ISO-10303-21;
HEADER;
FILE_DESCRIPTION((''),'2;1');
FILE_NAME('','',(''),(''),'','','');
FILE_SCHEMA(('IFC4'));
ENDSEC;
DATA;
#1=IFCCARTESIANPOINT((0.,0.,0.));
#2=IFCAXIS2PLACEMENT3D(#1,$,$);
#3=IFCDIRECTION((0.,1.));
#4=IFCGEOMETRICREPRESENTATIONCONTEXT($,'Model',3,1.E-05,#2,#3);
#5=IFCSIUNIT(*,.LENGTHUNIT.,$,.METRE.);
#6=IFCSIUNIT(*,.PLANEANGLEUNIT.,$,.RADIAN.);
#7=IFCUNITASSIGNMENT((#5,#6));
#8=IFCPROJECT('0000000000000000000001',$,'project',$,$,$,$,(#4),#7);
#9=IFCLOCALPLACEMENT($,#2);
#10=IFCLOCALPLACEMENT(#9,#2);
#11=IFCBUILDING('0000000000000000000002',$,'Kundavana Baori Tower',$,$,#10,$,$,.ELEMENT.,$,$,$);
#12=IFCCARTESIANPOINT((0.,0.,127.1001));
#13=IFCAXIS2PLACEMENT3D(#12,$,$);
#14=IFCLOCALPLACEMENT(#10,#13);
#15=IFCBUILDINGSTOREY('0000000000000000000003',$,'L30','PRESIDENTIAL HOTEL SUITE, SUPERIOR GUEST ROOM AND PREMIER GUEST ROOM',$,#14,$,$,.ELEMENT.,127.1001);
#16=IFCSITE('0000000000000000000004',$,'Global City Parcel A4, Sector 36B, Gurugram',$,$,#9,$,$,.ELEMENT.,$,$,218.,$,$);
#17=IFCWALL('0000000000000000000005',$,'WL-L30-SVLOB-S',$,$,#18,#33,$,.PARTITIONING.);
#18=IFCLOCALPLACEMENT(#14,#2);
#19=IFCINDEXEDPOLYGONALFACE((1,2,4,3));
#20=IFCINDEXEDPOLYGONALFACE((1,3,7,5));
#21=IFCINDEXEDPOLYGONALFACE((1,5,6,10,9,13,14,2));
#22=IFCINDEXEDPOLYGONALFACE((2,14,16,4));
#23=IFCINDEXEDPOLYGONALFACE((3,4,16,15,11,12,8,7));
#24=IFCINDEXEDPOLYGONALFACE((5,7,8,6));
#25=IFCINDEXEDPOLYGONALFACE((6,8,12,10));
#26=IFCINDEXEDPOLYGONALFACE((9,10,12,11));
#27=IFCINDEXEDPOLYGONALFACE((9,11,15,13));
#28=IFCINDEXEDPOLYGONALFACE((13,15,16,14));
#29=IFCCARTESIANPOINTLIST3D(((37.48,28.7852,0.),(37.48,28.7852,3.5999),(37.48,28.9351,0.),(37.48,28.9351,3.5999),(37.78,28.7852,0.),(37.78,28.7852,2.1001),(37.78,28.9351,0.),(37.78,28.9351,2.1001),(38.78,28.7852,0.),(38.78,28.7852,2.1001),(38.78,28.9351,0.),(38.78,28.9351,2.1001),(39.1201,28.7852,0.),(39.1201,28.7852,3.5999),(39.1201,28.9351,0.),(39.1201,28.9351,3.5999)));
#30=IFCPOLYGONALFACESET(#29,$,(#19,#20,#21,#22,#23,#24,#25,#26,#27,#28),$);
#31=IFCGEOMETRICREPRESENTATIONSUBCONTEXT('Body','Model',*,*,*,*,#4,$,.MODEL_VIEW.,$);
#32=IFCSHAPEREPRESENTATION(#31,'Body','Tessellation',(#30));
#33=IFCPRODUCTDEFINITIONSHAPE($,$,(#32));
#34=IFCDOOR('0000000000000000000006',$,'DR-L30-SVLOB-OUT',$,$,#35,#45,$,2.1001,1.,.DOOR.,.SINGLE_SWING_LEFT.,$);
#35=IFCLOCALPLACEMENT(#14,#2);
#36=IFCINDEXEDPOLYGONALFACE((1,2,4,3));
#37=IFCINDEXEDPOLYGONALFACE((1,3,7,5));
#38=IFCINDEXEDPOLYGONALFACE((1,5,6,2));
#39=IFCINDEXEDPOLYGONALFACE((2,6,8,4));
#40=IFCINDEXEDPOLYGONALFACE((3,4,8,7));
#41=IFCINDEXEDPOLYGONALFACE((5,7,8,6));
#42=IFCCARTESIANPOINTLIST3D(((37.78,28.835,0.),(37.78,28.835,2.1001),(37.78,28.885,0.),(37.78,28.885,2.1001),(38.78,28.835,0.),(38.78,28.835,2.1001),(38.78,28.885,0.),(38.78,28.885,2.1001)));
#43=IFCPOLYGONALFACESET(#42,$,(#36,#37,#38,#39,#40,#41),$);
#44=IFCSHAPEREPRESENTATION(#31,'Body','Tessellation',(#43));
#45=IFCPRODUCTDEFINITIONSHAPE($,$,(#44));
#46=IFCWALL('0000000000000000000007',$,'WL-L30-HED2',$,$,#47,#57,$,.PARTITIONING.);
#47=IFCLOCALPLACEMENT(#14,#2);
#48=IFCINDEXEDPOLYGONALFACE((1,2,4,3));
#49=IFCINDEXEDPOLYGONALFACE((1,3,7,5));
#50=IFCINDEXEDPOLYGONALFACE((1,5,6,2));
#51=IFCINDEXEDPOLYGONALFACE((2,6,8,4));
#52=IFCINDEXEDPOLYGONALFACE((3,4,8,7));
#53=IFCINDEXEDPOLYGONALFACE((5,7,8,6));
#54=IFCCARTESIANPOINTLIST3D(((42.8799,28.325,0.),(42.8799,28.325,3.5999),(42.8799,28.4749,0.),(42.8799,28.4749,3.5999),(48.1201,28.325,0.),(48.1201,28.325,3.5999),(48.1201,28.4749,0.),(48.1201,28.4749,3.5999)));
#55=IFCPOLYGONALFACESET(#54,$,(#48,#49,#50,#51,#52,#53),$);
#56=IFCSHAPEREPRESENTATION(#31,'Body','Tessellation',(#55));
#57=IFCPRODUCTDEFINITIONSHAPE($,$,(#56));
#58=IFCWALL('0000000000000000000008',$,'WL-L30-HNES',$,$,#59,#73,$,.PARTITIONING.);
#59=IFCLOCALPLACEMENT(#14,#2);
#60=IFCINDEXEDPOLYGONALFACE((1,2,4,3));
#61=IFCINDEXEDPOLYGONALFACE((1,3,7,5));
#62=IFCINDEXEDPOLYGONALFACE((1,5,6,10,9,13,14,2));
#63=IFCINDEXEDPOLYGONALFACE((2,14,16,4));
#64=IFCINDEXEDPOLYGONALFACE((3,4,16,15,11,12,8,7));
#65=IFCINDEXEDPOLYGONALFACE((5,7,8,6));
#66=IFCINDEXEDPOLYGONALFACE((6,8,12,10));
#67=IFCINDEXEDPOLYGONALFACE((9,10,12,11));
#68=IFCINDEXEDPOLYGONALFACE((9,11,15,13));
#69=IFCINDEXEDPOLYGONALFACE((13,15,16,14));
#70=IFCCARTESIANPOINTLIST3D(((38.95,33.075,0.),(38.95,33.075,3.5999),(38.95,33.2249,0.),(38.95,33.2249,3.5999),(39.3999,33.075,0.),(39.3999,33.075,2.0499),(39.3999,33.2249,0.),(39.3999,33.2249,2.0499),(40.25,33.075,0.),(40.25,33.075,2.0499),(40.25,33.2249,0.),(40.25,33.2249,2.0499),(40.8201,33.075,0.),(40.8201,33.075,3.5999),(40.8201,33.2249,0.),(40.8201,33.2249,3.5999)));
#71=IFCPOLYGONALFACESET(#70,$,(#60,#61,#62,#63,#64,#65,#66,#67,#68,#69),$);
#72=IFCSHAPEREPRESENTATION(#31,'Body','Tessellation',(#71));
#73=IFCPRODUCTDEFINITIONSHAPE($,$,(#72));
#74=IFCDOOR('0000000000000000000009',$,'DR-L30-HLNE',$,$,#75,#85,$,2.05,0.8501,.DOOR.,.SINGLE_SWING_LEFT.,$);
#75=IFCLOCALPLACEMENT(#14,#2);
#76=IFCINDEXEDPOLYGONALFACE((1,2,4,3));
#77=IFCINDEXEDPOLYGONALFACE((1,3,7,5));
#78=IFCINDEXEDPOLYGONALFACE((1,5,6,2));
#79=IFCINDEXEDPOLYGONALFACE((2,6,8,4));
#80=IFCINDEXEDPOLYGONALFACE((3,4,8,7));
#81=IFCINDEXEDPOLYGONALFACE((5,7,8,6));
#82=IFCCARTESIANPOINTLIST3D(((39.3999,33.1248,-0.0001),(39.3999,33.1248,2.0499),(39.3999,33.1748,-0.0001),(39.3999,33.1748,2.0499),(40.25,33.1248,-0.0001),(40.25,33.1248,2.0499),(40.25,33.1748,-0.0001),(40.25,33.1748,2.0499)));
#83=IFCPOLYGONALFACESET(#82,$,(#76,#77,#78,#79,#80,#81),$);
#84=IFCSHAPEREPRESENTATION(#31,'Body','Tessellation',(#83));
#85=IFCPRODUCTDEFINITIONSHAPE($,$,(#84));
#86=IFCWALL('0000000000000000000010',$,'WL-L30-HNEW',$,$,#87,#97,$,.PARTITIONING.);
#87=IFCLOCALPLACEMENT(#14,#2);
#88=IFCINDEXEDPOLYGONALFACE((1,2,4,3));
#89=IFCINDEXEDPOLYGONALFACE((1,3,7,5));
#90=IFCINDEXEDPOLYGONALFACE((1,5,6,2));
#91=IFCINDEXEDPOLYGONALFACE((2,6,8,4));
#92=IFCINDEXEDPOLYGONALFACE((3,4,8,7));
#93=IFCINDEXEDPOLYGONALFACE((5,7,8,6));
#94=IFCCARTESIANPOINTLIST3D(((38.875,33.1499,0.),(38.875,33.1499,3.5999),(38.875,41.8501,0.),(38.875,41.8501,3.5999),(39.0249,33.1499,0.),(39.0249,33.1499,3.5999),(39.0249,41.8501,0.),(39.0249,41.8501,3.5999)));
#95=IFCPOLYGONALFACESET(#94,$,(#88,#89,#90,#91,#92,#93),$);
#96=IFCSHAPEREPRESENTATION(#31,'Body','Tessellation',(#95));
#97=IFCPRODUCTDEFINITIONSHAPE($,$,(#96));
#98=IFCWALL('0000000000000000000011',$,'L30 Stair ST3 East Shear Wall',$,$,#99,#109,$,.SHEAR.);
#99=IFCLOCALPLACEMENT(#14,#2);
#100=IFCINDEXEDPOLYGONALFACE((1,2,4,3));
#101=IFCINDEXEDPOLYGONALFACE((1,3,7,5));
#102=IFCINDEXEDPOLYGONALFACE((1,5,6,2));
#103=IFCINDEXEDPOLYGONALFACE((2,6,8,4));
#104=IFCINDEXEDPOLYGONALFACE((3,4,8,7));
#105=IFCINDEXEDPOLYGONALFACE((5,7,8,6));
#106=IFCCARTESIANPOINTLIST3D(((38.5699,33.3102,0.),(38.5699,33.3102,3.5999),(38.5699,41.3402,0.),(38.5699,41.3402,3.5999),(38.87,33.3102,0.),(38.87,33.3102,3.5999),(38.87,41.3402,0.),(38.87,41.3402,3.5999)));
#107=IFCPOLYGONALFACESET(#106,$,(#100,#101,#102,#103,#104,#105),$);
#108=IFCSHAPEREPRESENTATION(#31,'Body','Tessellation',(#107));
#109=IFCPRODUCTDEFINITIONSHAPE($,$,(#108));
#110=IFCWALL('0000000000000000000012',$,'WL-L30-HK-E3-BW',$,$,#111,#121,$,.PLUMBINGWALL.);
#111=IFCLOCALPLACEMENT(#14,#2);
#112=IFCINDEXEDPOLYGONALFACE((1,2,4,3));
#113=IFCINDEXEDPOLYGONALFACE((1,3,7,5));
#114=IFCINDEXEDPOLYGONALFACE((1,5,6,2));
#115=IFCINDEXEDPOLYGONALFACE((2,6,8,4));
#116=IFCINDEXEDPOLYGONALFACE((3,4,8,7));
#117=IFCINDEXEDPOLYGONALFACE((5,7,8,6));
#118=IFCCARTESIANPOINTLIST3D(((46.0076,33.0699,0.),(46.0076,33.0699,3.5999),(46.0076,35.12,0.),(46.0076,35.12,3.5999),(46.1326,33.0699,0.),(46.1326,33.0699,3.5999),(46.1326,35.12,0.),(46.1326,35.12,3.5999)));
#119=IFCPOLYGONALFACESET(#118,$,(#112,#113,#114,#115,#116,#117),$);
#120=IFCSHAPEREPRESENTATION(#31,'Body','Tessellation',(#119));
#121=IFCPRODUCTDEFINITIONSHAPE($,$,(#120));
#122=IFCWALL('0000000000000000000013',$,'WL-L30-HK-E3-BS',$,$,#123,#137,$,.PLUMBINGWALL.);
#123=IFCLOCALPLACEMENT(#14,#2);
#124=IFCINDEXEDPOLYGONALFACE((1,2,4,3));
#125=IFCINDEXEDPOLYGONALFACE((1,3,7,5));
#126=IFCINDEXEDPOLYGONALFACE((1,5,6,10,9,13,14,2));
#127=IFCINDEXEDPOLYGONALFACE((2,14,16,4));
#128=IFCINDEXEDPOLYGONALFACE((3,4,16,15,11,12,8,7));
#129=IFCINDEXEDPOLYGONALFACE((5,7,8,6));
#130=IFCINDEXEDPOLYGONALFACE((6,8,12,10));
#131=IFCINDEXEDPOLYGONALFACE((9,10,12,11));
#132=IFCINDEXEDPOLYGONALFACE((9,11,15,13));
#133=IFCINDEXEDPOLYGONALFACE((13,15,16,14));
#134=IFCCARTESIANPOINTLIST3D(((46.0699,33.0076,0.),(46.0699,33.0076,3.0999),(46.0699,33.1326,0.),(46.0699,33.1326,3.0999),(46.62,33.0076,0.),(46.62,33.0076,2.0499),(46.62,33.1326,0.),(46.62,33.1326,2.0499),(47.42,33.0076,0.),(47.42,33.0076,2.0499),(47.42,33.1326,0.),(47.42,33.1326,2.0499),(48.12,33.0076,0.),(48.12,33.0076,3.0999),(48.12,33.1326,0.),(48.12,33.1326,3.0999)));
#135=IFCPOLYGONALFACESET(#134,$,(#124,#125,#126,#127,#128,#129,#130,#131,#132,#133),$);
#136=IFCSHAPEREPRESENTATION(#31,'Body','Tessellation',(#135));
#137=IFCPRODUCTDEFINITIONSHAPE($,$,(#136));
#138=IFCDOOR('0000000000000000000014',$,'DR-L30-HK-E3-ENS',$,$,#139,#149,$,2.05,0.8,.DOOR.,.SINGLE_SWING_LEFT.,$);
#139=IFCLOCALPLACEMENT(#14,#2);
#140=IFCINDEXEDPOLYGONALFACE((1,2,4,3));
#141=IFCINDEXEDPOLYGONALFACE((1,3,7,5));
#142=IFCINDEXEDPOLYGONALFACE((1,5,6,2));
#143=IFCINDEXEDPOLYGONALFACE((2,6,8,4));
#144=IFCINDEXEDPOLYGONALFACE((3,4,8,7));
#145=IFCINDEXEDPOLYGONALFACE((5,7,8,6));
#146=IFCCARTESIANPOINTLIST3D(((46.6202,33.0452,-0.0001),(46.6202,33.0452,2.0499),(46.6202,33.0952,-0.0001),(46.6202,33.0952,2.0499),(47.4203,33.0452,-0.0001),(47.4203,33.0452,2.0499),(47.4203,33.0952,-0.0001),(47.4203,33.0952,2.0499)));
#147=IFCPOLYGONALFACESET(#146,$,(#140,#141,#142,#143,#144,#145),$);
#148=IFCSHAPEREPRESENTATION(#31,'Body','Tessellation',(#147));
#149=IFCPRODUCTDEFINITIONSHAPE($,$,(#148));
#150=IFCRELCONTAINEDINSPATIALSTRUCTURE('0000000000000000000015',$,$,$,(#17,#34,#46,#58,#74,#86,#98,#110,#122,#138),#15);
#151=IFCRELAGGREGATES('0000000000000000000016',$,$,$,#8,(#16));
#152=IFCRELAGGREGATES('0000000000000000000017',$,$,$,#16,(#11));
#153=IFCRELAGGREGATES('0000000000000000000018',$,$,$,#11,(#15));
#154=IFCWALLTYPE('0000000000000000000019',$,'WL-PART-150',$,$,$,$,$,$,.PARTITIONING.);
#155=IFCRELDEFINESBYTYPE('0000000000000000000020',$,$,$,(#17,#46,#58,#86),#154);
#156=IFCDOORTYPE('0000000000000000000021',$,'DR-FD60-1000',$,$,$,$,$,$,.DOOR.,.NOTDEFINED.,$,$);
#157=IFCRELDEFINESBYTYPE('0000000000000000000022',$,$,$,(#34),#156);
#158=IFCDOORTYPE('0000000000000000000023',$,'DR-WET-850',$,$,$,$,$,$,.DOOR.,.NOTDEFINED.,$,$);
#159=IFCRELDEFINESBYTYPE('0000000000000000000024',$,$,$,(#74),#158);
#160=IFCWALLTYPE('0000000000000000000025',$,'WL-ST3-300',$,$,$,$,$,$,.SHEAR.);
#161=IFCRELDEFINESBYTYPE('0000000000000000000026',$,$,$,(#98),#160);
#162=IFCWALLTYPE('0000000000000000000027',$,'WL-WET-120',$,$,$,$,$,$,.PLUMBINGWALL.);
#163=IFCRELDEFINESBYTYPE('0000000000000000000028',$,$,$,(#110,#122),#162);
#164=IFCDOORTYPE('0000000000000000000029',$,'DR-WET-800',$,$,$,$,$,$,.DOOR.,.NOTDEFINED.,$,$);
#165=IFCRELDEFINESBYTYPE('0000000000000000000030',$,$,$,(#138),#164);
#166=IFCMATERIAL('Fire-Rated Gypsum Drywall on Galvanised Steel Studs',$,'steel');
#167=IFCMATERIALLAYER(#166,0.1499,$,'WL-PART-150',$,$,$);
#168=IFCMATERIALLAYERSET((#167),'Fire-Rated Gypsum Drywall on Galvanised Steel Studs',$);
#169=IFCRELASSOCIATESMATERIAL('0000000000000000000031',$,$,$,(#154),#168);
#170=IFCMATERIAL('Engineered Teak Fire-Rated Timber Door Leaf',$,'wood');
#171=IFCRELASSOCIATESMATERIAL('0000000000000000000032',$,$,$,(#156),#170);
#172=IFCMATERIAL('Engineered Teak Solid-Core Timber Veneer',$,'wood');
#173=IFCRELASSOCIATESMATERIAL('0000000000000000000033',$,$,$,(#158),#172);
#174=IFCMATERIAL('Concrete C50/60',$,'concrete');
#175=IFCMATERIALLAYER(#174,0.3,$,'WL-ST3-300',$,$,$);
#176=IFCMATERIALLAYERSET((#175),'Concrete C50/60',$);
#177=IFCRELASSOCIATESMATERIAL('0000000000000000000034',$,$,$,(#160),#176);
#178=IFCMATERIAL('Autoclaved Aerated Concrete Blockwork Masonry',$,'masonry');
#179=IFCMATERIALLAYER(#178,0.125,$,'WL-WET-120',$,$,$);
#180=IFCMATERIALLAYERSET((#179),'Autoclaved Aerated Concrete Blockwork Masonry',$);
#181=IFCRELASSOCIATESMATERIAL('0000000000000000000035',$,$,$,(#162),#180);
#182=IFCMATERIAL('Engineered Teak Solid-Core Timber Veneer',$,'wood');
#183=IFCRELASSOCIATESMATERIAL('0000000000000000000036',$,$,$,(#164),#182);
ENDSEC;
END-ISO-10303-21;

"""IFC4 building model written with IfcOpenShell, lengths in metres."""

from ifc_helpers import new_model, si_unit, direction, frame, frame_2d, origin, place, context, subcontext, project, spatial, rectangle, extrude, material, layer, layer_set, type_object, element, fill, save


model = new_model("IFC4")

# Units and contexts
model_context = context("Model", 3, precision=1e-05, world=origin(), true_north=direction((0.0, 1.0)))
body_context = subcontext(model_context, "Body", "Model", "MODEL_VIEW")
ifc_project = project(units=[si_unit("LENGTHUNIT", "METRE"), si_unit("PLANEANGLEUNIT", "RADIAN")], contexts=[model_context])

# Site, building, storey
site_placement = place(None, origin())
site = spatial("IfcSite", under=ifc_project, at=site_placement, Name="Global City Parcel A4, Sector 36B, Gurugram", CompositionType="ELEMENT", RefElevation=218.0)
building_placement = place(site_placement, origin())
building = spatial("IfcBuilding", under=site, at=building_placement, Name="Kundavana Baori Tower", CompositionType="ELEMENT")
storey_placement = place(building_placement, frame((0.0, 0.0, 127.1001)))
storey = spatial("IfcBuildingStorey", under=building, at=storey_placement, Name="L30", Description="PRESIDENTIAL HOTEL SUITE, SUPERIOR GUEST ROOM AND PREMIER GUEST ROOM", CompositionType="ELEMENT", Elevation=127.1001)

# Shared definitions
ifc_material_1 = material(Name="Fire-Rated Gypsum Drywall on Galvanised Steel Studs", Category="steel")
ifc_layer_1 = layer(ifc_material_1, 0.1499, Name="WL-PART-150")
ifc_layer_set_1 = layer_set([ifc_layer_1], Name="Fire-Rated Gypsum Drywall on Galvanised Steel Studs")
wall_type_1 = type_object("IfcWallType", Name="WL-PART-150", PredefinedType="PARTITIONING", material=ifc_layer_set_1)

# Wall, opening, door
wall_1_placement = place(storey_placement, frame((37.48, 28.8601, 0.0), z_axis=(0.0, 0.0, 1.0), x_axis=(1.0, 0.0, 0.0)))
wall_1 = element("IfcWall", 1, at=wall_1_placement, inside=storey, type_object=wall_type_1, Name="WL-L30-SVLOB-S", PredefinedType="PARTITIONING", context=body_context, shape_type="SweptSolid", body=[
    extrude(rectangle(XDim=1.6401, YDim=0.1499, at=frame_2d((0.8201, 0.0))), origin(), (0.0, 0.0, 1.0), 3.5999),
])
opening_1_placement = place(wall_1_placement, frame((0.3, 0.0, 0.0)))
opening_1 = element("IfcOpeningElement", 2, at=opening_1_placement, cuts=wall_1, PredefinedType="OPENING", context=body_context, shape_type="SweptSolid", body=[
    extrude(rectangle(XDim=1.0, YDim=2.1001, at=frame_2d((0.5, 1.05))), frame((0.0, 0.085, 0.0), z_axis=(0.0, -1.0, 0.0), x_axis=(1.0, 0.0, 0.0)), (0.0, 0.0, 1.0), 0.1699),
])
ifc_material_2 = material(Name="Engineered Teak Fire-Rated Timber Door Leaf", Category="wood")
door_type_1 = type_object("IfcDoorType", Name="DR-FD60-1000", OperationType="NOTDEFINED", PredefinedType="DOOR", material=ifc_material_2)
door_1_placement = place(opening_1_placement, origin())
door_1 = element("IfcDoor", 3, at=door_1_placement, inside=storey, type_object=door_type_1, Name="DR-L30-SVLOB-OUT", OperationType="SINGLE_SWING_LEFT", OverallHeight=2.1001, OverallWidth=1.0, PredefinedType="DOOR", context=body_context, shape_type="SweptSolid", body=[
    extrude(rectangle(XDim=1.0, YDim=2.1001, at=frame_2d((0.5, 1.05))), frame((0.0, 0.0249, 0.0), z_axis=(0.0, -1.0, 0.0), x_axis=(1.0, 0.0, 0.0)), (0.0, 0.0, 1.0), 0.05),
])
fill(opening_1, door_1)

# Wall
wall_2_placement = place(storey_placement, frame((42.8799, 28.3999, 0.0), z_axis=(0.0, 0.0, 1.0), x_axis=(1.0, 0.0, 0.0)))
element("IfcWall", 4, at=wall_2_placement, inside=storey, type_object=wall_type_1, Name="WL-L30-HED2", PredefinedType="PARTITIONING", context=body_context, shape_type="SweptSolid", body=[
    extrude(rectangle(XDim=5.2402, YDim=0.1499, at=frame_2d((2.6201, 0.0))), origin(), (0.0, 0.0, 1.0), 3.5999),
])

# Wall, opening, door
wall_3_placement = place(storey_placement, frame((38.95, 33.1499, 0.0), z_axis=(0.0, 0.0, 1.0), x_axis=(1.0, 0.0, 0.0)))
wall_3 = element("IfcWall", 5, at=wall_3_placement, inside=storey, type_object=wall_type_1, Name="WL-L30-HNES", PredefinedType="PARTITIONING", context=body_context, shape_type="SweptSolid", body=[
    extrude(rectangle(XDim=1.8701, YDim=0.1499, at=frame_2d((0.9351, 0.0))), origin(), (0.0, 0.0, 1.0), 3.5999),
])
opening_2_placement = place(wall_3_placement, frame((0.45, 0.0, 0.0)))
opening_2 = element("IfcOpeningElement", 6, at=opening_2_placement, cuts=wall_3, PredefinedType="OPENING", context=body_context, shape_type="SweptSolid", body=[
    extrude(rectangle(XDim=0.8501, YDim=2.05, at=frame_2d((0.425, 1.0249))), frame((0.0, 0.085, 0.0), z_axis=(0.0, -1.0, 0.0), x_axis=(1.0, 0.0, 0.0)), (0.0, 0.0, 1.0), 0.1699),
])
ifc_material_3 = material(Name="Engineered Teak Solid-Core Timber Veneer", Category="wood")
door_type_2 = type_object("IfcDoorType", Name="DR-WET-850", OperationType="NOTDEFINED", PredefinedType="DOOR", material=ifc_material_3)
door_2_placement = place(opening_2_placement, origin())
door_2 = element("IfcDoor", 7, at=door_2_placement, inside=storey, type_object=door_type_2, Name="DR-L30-HLNE", OperationType="SINGLE_SWING_LEFT", OverallHeight=2.05, OverallWidth=0.8501, PredefinedType="DOOR", context=body_context, shape_type="SweptSolid", body=[
    extrude(rectangle(XDim=0.8501, YDim=2.05, at=frame_2d((0.425, 1.0249))), frame((0.0, 0.0249, 0.0), z_axis=(0.0, -1.0, 0.0), x_axis=(1.0, 0.0, 0.0)), (0.0, 0.0, 1.0), 0.05),
])
fill(opening_2, door_2)

# Wall
wall_4_placement = place(storey_placement, frame((38.95, 33.1499, 0.0), z_axis=(0.0, 0.0, 1.0), x_axis=(0.0, 1.0, 0.0)))
element("IfcWall", 8, at=wall_4_placement, inside=storey, type_object=wall_type_1, Name="WL-L30-HNEW", PredefinedType="PARTITIONING", context=body_context, shape_type="SweptSolid", body=[
    extrude(rectangle(XDim=8.7002, YDim=0.1499, at=frame_2d((4.3501, 0.0))), origin(), (0.0, 0.0, 1.0), 3.5999),
])

# Walls
ifc_material_4 = material(Name="Concrete C50/60", Category="concrete")
ifc_layer_2 = layer(ifc_material_4, 0.3, Name="WL-ST3-300")
ifc_layer_set_2 = layer_set([ifc_layer_2], Name="Concrete C50/60")
wall_type_2 = type_object("IfcWallType", Name="WL-ST3-300", PredefinedType="SHEAR", material=ifc_layer_set_2)
wall_5_placement = place(storey_placement, frame((38.72, 33.3101, 0.0), z_axis=(0.0, 0.0, 1.0), x_axis=(0.0, 1.0, 0.0)))
element("IfcWall", 9, at=wall_5_placement, inside=storey, type_object=wall_type_2, Name="L30 Stair ST3 East Shear Wall", PredefinedType="SHEAR", context=body_context, shape_type="SweptSolid", body=[
    extrude(rectangle(XDim=8.03, YDim=0.3, at=frame_2d((4.0151, 0.0))), origin(), (0.0, 0.0, 1.0), 3.5999),
])
ifc_material_5 = material(Name="Autoclaved Aerated Concrete Blockwork Masonry", Category="masonry")
ifc_layer_3 = layer(ifc_material_5, 0.125, Name="WL-WET-120")
ifc_layer_set_3 = layer_set([ifc_layer_3], Name="Autoclaved Aerated Concrete Blockwork Masonry")
wall_type_3 = type_object("IfcWallType", Name="WL-WET-120", PredefinedType="PLUMBINGWALL", material=ifc_layer_set_3)
wall_6_placement = place(storey_placement, frame((46.0701, 33.0701, 0.0), z_axis=(0.0, 0.0, 1.0), x_axis=(0.0, 1.0, 0.0)))
element("IfcWall", 10, at=wall_6_placement, inside=storey, type_object=wall_type_3, Name="WL-L30-HK-E3-BW", PredefinedType="PLUMBINGWALL", context=body_context, shape_type="SweptSolid", body=[
    extrude(rectangle(XDim=2.05, YDim=0.125, at=frame_2d((1.0249, 0.0))), origin(), (0.0, 0.0, 1.0), 3.5999),
])

# Wall, opening, door
wall_7_placement = place(storey_placement, frame((46.0701, 33.0701, 0.0), z_axis=(0.0, 0.0, 1.0), x_axis=(1.0, 0.0, 0.0)))
wall_7 = element("IfcWall", 11, at=wall_7_placement, inside=storey, type_object=wall_type_3, Name="WL-L30-HK-E3-BS", PredefinedType="PLUMBINGWALL", context=body_context, shape_type="SweptSolid", body=[
    extrude(rectangle(XDim=2.05, YDim=0.125, at=frame_2d((1.0249, 0.0))), origin(), (0.0, 0.0, 1.0), 3.0999),
])
opening_3_placement = place(wall_7_placement, frame((0.55, 0.0, 0.0)))
opening_3 = element("IfcOpeningElement", 12, at=opening_3_placement, cuts=wall_7, PredefinedType="OPENING", context=body_context, shape_type="SweptSolid", body=[
    extrude(rectangle(XDim=0.8, YDim=2.05, at=frame_2d((0.3999, 1.0249))), frame((0.0, 0.0725, 0.0), z_axis=(0.0, -1.0, 0.0), x_axis=(1.0, 0.0, 0.0)), (0.0, 0.0, 1.0), 0.145),
])
ifc_material_6 = material(Name="Engineered Teak Solid-Core Timber Veneer", Category="wood")
door_type_3 = type_object("IfcDoorType", Name="DR-WET-800", OperationType="NOTDEFINED", PredefinedType="DOOR", material=ifc_material_6)
door_3_placement = place(opening_3_placement, frame((0.8, 0.0, 0.0), z_axis=(0.0, 0.0, 1.0), x_axis=(-1.0, 0.0, 0.0)))
door_3 = element("IfcDoor", 13, at=door_3_placement, inside=storey, type_object=door_type_3, Name="DR-L30-HK-E3-ENS", OperationType="SINGLE_SWING_LEFT", OverallHeight=2.05, OverallWidth=0.8, PredefinedType="DOOR", context=body_context, shape_type="SweptSolid", body=[
    extrude(rectangle(XDim=0.8, YDim=2.05, at=frame_2d((0.3999, 1.0249))), frame((0.0, 0.0249, 0.0), z_axis=(0.0, -1.0, 0.0), x_axis=(1.0, 0.0, 0.0)), (0.0, 0.0, 1.0), 0.05),
])
fill(opening_3, door_3)

save(model, "model.ifc")
